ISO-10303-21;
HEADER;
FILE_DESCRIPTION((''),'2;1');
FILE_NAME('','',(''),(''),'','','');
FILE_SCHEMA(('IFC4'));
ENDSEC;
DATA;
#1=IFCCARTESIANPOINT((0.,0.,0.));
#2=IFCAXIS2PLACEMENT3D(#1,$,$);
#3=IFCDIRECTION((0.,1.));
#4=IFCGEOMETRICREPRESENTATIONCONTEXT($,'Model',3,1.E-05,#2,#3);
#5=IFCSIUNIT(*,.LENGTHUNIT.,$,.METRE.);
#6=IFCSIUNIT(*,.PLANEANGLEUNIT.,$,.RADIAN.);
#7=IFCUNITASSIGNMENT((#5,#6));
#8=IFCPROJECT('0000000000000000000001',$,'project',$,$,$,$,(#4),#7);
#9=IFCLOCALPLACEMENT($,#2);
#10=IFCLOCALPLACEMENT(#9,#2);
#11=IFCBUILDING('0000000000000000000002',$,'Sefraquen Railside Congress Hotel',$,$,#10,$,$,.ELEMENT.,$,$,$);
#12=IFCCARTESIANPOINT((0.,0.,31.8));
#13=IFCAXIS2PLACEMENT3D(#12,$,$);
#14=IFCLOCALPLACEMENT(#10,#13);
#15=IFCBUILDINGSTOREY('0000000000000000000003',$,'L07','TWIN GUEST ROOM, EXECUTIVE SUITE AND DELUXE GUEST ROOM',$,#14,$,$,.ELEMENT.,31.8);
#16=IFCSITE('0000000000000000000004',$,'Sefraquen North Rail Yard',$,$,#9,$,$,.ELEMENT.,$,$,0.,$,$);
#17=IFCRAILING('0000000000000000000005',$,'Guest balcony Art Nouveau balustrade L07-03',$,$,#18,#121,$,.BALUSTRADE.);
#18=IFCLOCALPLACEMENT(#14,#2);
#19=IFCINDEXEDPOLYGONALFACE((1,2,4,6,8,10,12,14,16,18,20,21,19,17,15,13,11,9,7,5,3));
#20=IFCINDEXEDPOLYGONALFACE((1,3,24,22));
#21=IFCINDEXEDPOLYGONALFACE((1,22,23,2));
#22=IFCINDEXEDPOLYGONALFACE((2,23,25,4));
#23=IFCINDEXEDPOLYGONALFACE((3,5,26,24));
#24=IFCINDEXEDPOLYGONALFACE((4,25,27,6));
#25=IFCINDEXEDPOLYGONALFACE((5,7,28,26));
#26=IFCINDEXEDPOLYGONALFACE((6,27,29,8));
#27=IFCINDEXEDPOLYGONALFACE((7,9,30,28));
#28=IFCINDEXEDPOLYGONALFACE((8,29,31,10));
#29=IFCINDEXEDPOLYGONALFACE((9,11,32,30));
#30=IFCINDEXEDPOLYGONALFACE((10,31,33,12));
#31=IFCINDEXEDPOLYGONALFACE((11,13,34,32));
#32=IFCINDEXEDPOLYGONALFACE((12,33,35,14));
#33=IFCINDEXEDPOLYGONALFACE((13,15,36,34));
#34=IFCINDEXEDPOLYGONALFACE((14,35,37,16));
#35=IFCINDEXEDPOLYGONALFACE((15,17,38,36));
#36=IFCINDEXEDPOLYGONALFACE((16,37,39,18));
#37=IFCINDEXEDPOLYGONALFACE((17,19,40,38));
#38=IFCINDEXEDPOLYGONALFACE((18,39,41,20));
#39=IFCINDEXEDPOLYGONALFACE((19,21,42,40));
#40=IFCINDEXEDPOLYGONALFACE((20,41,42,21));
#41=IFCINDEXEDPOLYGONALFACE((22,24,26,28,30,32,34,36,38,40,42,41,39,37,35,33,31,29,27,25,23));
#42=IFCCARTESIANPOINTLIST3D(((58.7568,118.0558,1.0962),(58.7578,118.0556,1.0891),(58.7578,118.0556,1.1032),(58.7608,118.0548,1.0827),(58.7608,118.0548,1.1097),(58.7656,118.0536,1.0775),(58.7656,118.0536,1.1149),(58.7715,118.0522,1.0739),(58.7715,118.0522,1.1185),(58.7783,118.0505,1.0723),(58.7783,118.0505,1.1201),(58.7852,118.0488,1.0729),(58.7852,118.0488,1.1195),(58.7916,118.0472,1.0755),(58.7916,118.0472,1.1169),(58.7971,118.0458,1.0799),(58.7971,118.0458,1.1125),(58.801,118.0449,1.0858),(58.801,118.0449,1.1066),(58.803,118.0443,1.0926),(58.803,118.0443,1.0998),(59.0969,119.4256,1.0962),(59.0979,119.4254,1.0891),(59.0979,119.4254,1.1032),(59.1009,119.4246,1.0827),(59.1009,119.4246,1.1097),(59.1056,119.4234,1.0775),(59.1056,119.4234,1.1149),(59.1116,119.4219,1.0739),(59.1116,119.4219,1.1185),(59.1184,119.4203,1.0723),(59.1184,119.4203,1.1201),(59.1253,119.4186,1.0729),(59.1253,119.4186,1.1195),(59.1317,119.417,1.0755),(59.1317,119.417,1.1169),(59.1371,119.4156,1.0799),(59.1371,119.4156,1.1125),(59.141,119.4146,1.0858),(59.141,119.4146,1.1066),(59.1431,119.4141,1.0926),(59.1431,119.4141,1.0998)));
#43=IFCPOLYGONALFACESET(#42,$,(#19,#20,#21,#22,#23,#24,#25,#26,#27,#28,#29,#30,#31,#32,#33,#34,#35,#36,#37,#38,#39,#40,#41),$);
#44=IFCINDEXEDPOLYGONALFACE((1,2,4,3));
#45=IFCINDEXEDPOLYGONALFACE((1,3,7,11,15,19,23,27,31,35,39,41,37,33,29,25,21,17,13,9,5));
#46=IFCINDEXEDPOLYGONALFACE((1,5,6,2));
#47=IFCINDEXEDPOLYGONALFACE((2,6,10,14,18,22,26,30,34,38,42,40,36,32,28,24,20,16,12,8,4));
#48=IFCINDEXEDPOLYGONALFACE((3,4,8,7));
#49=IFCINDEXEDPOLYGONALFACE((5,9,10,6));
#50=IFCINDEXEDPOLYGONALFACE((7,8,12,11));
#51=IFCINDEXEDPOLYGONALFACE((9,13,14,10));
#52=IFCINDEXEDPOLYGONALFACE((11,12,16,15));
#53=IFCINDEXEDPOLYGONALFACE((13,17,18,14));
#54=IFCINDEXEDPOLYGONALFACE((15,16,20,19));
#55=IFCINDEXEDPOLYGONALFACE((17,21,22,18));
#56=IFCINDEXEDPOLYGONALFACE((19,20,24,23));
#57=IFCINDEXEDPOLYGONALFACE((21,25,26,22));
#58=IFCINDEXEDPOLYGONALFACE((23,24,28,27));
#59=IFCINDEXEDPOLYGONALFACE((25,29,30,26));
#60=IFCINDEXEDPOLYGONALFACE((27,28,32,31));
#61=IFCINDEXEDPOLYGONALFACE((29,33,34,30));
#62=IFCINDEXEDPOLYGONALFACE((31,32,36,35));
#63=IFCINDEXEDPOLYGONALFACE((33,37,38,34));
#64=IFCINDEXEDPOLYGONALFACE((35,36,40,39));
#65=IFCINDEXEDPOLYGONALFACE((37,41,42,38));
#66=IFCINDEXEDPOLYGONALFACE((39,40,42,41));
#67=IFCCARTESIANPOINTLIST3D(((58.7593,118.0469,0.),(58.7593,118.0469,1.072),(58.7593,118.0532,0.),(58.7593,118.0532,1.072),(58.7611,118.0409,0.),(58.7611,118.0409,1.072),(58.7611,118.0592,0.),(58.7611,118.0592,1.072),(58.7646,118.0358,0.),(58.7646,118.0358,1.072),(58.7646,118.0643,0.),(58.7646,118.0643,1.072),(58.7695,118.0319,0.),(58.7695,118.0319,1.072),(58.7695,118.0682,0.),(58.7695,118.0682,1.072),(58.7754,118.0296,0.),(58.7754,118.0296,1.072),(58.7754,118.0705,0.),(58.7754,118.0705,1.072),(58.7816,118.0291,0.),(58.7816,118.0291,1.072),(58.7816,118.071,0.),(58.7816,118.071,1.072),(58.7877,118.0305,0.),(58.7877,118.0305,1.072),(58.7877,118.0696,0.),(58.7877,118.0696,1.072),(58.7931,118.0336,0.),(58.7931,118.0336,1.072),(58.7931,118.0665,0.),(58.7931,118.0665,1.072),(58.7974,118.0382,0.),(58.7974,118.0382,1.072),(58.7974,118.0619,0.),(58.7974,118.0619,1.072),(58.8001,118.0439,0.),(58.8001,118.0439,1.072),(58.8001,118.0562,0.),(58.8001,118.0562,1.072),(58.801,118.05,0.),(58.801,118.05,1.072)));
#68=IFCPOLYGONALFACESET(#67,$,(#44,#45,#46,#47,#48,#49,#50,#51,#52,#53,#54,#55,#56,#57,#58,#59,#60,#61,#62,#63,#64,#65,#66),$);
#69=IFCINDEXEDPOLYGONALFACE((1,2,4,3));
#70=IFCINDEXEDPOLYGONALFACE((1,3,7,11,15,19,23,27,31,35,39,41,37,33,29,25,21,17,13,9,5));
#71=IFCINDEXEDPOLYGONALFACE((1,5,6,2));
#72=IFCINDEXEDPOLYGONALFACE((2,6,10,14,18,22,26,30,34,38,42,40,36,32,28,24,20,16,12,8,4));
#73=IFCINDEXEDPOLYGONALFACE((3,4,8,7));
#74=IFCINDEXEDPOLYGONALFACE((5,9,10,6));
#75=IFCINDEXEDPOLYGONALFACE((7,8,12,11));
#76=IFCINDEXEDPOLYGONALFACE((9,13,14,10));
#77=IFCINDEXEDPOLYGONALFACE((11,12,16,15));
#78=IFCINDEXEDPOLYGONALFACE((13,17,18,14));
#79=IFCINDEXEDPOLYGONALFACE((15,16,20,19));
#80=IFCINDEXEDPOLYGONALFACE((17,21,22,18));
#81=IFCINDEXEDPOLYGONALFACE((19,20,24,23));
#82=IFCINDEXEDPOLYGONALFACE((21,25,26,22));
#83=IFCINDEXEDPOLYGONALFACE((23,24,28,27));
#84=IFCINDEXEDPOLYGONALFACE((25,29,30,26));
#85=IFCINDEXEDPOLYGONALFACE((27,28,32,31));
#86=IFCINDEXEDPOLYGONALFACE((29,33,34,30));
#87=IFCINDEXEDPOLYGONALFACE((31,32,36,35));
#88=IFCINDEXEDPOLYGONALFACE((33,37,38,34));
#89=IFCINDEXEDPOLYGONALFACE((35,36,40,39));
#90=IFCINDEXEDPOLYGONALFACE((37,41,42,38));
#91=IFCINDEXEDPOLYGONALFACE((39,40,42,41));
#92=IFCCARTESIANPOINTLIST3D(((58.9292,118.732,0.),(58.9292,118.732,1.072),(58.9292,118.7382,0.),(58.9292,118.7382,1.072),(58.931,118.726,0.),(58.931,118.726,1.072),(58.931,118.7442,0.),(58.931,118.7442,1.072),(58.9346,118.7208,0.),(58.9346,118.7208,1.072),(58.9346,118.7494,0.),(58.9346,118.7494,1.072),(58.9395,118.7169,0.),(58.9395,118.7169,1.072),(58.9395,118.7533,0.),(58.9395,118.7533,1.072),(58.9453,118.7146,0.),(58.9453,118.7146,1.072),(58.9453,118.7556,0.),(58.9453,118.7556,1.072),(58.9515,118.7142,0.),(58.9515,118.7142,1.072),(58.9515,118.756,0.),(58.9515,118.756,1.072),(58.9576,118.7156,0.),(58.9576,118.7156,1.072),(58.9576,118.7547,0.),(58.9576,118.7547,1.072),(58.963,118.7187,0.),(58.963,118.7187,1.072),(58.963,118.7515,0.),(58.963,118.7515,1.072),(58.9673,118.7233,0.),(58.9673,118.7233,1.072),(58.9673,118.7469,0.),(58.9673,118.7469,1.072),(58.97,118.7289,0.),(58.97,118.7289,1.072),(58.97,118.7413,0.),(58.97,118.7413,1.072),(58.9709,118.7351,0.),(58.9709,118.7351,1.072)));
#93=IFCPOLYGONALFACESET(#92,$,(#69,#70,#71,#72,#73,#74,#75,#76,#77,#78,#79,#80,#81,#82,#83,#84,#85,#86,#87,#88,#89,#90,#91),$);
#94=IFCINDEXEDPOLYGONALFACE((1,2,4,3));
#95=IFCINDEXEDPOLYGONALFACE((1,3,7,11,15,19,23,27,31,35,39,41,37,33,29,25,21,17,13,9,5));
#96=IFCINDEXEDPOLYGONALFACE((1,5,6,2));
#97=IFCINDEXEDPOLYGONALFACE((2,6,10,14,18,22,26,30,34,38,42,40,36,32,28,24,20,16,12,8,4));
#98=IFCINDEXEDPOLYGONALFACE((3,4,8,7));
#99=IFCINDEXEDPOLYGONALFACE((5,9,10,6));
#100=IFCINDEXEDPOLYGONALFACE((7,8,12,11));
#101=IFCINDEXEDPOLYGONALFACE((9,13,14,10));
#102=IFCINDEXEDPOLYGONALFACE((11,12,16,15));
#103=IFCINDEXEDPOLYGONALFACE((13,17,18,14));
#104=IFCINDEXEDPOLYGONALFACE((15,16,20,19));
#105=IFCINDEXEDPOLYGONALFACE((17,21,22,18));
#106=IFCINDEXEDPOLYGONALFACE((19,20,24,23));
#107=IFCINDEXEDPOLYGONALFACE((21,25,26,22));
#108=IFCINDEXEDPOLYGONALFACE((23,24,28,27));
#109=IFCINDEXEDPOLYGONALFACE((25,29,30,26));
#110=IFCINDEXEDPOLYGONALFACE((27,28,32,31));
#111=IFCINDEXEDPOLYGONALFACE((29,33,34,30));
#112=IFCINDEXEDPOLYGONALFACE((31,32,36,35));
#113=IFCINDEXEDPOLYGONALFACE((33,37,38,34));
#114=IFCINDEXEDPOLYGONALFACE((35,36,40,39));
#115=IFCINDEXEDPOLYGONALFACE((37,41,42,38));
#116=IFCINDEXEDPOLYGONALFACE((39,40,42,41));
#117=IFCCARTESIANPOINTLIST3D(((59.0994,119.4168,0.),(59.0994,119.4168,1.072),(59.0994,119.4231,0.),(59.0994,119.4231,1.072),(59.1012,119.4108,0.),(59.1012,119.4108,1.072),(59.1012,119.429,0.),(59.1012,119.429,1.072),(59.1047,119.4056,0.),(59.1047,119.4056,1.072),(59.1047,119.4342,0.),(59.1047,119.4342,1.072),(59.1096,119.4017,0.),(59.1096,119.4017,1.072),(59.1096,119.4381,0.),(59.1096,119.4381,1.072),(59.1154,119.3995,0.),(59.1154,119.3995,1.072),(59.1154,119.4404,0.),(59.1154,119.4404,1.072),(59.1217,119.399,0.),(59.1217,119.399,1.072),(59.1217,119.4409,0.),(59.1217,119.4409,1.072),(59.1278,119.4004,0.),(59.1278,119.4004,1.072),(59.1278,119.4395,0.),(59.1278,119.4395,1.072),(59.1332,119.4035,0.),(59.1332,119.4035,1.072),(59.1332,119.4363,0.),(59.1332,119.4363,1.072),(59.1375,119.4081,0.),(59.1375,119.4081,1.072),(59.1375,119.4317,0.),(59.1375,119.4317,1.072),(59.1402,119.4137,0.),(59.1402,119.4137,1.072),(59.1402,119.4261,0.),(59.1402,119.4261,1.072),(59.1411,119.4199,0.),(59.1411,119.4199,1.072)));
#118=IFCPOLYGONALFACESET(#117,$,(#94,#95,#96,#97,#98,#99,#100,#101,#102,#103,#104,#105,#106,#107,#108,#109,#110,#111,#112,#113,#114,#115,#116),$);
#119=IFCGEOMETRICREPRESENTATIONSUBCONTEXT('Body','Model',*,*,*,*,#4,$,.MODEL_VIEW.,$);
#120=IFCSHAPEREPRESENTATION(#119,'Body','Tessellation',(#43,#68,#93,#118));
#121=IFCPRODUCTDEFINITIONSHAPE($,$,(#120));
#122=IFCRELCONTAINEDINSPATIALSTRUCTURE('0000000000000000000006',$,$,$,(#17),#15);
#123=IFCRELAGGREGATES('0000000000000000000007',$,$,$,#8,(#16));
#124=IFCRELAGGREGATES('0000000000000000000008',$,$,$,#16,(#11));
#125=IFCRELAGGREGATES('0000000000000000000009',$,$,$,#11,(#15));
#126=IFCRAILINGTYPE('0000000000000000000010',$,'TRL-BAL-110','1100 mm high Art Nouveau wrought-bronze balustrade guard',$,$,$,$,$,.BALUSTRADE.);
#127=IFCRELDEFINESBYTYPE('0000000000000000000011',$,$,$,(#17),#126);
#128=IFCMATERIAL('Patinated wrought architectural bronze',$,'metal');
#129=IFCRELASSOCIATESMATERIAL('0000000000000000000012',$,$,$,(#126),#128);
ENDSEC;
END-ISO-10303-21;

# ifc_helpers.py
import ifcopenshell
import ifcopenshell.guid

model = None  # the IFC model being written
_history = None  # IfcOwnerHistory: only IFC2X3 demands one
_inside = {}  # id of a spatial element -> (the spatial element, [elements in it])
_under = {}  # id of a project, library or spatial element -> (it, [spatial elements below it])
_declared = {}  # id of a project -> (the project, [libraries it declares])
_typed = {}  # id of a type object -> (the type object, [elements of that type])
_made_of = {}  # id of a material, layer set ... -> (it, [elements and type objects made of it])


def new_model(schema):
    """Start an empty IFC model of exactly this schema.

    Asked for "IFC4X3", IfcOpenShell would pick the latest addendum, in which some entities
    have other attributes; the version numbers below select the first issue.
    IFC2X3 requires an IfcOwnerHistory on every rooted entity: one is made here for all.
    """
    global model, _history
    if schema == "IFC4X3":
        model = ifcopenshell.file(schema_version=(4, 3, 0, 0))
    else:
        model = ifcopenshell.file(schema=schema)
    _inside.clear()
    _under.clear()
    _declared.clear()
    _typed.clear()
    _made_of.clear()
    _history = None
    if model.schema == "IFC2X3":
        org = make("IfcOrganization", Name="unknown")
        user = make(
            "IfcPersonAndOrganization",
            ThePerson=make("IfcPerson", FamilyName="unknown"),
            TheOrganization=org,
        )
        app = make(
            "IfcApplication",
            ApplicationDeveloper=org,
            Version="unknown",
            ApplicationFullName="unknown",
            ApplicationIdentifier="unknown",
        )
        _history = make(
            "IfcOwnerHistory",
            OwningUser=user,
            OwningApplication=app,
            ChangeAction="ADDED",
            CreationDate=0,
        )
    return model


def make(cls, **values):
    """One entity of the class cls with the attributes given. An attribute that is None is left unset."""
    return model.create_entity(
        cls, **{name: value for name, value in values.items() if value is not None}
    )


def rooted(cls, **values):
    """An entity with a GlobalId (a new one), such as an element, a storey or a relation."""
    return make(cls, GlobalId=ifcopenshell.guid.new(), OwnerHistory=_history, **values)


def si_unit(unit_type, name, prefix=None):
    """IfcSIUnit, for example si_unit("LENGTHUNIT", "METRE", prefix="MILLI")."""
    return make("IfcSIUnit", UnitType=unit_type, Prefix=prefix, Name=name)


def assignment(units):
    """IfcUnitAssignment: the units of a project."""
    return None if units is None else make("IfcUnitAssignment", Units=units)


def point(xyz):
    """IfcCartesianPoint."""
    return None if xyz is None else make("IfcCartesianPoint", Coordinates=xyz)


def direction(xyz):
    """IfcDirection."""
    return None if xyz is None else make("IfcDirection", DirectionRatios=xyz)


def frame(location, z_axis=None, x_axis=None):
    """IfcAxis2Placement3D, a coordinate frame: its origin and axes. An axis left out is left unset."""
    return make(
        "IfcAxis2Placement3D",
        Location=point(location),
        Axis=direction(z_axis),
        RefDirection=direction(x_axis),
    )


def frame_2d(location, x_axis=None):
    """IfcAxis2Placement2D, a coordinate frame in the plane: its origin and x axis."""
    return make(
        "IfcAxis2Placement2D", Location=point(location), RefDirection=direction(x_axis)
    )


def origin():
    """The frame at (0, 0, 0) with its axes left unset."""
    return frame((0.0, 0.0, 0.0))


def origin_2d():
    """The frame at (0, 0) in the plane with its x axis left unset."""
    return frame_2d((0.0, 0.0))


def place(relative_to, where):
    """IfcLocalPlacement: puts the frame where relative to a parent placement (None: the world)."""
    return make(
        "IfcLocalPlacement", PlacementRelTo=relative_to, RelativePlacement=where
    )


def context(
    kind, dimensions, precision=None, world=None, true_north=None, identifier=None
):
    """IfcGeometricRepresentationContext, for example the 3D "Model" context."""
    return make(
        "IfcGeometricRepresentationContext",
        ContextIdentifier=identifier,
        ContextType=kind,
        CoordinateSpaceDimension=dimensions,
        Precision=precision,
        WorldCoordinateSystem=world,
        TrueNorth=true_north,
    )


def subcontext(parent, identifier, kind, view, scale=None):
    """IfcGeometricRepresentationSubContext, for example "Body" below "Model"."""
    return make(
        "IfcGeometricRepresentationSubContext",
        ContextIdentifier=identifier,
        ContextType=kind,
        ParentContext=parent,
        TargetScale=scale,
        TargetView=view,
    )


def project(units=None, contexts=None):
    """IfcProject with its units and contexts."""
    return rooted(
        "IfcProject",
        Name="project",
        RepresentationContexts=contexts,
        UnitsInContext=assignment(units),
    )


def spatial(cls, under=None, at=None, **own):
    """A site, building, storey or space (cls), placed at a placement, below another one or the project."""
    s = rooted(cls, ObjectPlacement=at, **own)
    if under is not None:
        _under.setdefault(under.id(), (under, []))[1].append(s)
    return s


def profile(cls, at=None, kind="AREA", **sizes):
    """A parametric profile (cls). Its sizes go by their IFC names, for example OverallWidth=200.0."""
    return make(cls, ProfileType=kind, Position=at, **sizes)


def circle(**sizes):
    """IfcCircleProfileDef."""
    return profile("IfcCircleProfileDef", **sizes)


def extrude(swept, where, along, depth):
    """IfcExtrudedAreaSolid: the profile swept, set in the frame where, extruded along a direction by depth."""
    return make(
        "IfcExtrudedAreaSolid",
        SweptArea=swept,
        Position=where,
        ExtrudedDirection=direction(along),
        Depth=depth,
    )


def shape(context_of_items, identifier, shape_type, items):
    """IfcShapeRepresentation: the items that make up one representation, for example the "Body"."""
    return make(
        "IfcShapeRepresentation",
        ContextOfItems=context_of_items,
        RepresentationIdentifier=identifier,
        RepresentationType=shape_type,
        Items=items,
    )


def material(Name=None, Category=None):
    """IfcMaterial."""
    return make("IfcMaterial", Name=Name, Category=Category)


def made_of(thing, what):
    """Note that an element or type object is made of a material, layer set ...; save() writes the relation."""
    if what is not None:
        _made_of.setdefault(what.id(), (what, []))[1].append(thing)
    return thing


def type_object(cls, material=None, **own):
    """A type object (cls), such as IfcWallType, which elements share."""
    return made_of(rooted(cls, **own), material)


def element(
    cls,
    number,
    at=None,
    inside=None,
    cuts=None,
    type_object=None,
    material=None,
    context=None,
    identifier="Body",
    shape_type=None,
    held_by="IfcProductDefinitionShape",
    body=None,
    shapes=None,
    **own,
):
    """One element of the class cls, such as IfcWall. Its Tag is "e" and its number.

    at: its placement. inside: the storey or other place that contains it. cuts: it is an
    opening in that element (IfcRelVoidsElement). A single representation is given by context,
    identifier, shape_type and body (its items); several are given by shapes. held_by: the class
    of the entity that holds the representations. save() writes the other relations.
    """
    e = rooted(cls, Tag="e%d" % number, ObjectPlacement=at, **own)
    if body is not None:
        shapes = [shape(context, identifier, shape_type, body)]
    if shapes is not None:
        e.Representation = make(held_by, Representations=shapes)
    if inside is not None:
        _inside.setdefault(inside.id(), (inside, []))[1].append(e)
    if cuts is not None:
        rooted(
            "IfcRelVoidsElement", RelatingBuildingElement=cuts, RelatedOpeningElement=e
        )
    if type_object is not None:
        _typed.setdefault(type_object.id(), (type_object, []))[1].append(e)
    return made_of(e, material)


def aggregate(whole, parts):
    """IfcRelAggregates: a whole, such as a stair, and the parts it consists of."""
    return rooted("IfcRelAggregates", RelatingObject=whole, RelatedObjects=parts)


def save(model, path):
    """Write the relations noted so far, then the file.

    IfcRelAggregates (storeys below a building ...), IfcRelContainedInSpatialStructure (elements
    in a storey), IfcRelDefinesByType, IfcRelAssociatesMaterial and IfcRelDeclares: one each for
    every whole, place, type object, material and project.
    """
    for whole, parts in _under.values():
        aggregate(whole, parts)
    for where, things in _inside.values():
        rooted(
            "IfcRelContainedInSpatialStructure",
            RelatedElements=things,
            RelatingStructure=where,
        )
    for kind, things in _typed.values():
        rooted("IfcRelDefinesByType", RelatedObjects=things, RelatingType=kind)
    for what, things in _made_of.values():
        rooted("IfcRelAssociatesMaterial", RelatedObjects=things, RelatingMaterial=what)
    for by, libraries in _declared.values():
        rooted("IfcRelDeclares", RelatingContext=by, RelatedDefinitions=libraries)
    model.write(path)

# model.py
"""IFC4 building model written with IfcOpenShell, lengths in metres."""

from ifc_helpers import new_model, si_unit, direction, frame, origin, origin_2d, place, context, subcontext, project, spatial, circle, extrude, material, type_object, element, save


model = new_model("IFC4")

# Units and contexts
model_context = context("Model", 3, precision=1e-05, world=origin(), true_north=direction((0.0, 1.0)))
body_context = subcontext(model_context, "Body", "Model", "MODEL_VIEW")
ifc_project = project(units=[si_unit("LENGTHUNIT", "METRE"), si_unit("PLANEANGLEUNIT", "RADIAN")], contexts=[model_context])

# Site, building, storey
site_placement = place(None, origin())
site = spatial("IfcSite", under=ifc_project, at=site_placement, Name="Sefraquen North Rail Yard", CompositionType="ELEMENT", RefElevation=0.0)
building_placement = place(site_placement, origin())
building = spatial("IfcBuilding", under=site, at=building_placement, Name="Sefraquen Railside Congress Hotel", CompositionType="ELEMENT")
storey_placement = place(building_placement, frame((0.0, 0.0, 31.8)))
storey = spatial("IfcBuildingStorey", under=building, at=storey_placement, Name="L07", Description="TWIN GUEST ROOM, EXECUTIVE SUITE AND DELUXE GUEST ROOM", CompositionType="ELEMENT", Elevation=31.8)

# Railing
ifc_material_1 = material(Name="Patinated wrought architectural bronze", Category="metal")
railing_type = type_object("IfcRailingType", Name="TRL-BAL-110", Description="1100 mm high Art Nouveau wrought-bronze balustrade guard", PredefinedType="BALUSTRADE", material=ifc_material_1)
railing_1_placement = place(storey_placement, frame((58.78, 118.05, 0.0)))
element("IfcRailing", 1, at=railing_1_placement, inside=storey, type_object=railing_type, Name="Guest balcony Art Nouveau balustrade L07-03", PredefinedType="BALUSTRADE", context=body_context, shape_type="SweptSolid", body=[
    extrude(circle(Radius=0.0239, at=origin_2d()), frame((0.0, 0.0, 1.0962), z_axis=(0.240948, 0.970538, 0.0), x_axis=(-0.970538, 0.240948, 0.0)), (0.0, 0.0, 1.0), 1.4114),
    extrude(circle(Radius=0.021, at=origin_2d()), origin(), (0.0, 0.0, 1.0), 1.072),
    extrude(circle(Radius=0.021, at=origin_2d()), frame((0.1699, 0.6851, 0.0)), (0.0, 0.0, 1.0), 1.072),
    extrude(circle(Radius=0.021, at=origin_2d()), frame((0.3401, 1.3699, 0.0)), (0.0, 0.0, 1.0), 1.072),
])

save(model, "model.ifc")
